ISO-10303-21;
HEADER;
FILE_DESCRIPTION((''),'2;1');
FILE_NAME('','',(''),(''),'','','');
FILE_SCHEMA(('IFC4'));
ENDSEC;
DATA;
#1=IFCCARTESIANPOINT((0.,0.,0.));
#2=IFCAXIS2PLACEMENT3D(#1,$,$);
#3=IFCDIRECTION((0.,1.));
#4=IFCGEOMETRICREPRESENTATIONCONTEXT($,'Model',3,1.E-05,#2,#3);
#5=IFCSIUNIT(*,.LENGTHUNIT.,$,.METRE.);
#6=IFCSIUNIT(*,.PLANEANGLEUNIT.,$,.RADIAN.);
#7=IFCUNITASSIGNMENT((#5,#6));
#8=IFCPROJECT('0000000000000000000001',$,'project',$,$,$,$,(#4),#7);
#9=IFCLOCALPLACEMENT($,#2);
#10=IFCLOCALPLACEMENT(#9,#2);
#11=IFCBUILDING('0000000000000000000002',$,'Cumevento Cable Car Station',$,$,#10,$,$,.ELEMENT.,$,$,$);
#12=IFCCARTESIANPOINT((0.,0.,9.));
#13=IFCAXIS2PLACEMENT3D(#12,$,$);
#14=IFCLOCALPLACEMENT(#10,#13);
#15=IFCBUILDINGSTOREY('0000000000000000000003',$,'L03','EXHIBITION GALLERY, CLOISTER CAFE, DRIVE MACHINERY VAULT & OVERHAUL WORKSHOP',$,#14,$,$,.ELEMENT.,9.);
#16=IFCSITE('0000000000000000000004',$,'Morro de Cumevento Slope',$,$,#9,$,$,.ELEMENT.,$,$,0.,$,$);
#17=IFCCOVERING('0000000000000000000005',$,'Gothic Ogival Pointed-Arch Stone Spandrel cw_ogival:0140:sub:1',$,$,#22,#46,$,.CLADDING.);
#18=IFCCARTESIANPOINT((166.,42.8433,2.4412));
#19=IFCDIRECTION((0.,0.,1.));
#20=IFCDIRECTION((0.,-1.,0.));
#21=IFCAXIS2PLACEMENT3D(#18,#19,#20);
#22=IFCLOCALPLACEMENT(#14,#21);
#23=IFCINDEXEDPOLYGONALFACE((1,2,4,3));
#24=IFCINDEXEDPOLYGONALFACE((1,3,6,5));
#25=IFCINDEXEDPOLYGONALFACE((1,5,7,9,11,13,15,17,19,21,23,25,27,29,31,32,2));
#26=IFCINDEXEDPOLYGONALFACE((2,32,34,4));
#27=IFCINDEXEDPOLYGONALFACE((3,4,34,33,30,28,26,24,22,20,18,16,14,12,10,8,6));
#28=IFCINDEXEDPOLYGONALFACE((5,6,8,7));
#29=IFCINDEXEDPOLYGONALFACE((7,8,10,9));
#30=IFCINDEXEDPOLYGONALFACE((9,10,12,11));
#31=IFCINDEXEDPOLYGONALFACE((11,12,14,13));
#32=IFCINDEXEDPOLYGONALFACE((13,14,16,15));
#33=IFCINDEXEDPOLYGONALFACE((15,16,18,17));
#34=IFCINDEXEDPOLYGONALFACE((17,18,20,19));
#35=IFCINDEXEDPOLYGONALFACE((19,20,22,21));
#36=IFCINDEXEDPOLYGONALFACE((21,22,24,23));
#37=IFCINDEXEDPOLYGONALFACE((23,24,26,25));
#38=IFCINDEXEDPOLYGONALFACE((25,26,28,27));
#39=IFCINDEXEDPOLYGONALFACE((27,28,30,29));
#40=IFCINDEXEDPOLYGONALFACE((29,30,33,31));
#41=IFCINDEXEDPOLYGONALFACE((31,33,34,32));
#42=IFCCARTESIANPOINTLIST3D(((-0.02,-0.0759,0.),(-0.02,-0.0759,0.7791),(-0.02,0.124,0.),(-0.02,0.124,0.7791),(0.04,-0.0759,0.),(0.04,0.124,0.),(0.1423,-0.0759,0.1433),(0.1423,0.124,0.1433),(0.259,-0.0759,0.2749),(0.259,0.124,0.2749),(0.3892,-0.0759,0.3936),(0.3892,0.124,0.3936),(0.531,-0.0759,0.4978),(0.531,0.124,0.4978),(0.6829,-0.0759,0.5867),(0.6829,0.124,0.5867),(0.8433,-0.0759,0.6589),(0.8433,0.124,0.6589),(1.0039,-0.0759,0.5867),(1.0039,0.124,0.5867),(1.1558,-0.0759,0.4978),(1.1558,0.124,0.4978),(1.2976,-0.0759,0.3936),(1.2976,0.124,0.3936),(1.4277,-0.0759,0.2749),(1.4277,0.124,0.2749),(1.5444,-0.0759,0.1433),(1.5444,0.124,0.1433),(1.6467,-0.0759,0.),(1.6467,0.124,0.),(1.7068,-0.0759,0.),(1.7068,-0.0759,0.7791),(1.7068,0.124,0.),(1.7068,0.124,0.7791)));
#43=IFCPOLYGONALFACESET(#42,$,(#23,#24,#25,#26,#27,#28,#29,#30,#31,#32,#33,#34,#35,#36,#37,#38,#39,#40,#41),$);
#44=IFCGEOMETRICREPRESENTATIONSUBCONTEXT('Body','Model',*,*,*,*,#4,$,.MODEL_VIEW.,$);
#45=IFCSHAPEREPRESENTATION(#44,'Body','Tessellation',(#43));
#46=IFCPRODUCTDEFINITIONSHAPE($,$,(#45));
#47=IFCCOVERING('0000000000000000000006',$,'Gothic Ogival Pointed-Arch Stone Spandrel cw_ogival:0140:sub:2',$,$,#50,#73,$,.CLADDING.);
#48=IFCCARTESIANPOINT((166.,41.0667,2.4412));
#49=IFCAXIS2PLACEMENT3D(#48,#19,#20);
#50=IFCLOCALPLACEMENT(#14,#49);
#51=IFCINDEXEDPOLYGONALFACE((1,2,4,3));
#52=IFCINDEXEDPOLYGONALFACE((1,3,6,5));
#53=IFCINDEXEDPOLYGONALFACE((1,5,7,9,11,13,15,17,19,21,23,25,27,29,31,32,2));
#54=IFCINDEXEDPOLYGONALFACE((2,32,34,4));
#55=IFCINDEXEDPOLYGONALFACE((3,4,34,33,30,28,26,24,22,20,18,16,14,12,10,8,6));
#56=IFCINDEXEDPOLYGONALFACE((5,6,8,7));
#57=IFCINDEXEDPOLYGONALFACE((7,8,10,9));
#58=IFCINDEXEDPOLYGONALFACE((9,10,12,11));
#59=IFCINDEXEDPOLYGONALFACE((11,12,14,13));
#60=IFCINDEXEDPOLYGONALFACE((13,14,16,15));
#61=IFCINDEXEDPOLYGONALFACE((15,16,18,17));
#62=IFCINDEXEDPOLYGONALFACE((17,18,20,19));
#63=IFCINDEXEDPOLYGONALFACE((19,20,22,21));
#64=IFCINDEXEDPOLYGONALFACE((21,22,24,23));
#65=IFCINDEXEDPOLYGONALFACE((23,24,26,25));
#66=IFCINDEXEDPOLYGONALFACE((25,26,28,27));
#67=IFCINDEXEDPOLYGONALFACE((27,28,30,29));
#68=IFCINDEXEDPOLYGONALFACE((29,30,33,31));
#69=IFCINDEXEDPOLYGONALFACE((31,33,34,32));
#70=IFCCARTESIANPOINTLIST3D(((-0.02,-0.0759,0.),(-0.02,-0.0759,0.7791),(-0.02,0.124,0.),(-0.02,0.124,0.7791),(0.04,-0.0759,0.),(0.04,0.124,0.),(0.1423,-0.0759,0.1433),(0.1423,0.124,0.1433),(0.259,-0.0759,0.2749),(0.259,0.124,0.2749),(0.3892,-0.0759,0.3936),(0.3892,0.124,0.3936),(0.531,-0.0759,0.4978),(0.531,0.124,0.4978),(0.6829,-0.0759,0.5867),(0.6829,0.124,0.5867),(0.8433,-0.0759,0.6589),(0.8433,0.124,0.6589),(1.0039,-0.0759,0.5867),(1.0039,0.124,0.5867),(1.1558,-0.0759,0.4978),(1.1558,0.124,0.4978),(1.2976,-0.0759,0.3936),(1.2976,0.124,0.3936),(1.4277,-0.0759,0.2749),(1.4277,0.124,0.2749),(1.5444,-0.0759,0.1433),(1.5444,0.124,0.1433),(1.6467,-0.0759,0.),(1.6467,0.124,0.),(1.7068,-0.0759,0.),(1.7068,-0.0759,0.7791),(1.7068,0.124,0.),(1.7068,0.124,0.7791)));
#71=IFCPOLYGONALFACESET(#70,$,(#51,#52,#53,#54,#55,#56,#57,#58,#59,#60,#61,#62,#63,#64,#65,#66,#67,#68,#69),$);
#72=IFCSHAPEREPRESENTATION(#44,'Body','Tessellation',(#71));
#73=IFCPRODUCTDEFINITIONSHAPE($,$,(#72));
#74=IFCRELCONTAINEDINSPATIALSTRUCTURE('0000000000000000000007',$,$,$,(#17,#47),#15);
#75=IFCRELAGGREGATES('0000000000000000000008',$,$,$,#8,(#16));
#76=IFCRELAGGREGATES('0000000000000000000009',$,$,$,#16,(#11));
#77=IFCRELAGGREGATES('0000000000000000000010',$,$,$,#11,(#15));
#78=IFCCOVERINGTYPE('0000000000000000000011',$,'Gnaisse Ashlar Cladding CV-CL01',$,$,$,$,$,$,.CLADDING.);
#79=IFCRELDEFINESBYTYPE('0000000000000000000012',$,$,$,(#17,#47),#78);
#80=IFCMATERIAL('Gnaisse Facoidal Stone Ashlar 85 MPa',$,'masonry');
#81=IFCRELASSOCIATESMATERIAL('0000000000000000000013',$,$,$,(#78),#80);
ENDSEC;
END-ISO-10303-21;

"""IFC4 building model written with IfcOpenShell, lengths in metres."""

from ifc_helpers import new_model, si_unit, direction, frame, origin, place, context, subcontext, project, spatial, polyline, outline, extrude, material, type_object, element, save


model = new_model("IFC4")

# Units and contexts
model_context = context("Model", 3, precision=1e-05, world=origin(), true_north=direction((0.0, 1.0)))
body_context = subcontext(model_context, "Body", "Model", "MODEL_VIEW")
ifc_project = project(units=[si_unit("LENGTHUNIT", "METRE"), si_unit("PLANEANGLEUNIT", "RADIAN")], contexts=[model_context])

# Site, building, storey
site_placement = place(None, origin())
site = spatial("IfcSite", under=ifc_project, at=site_placement, Name="Morro de Cumevento Slope", CompositionType="ELEMENT", RefElevation=0.0)
building_placement = place(site_placement, origin())
building = spatial("IfcBuilding", under=site, at=building_placement, Name="Cumevento Cable Car Station", CompositionType="ELEMENT")
storey_placement = place(building_placement, frame((0.0, 0.0, 9.0)))
storey = spatial("IfcBuildingStorey", under=building, at=storey_placement, Name="L03", Description="EXHIBITION GALLERY, CLOISTER CAFE, DRIVE MACHINERY VAULT & OVERHAUL WORKSHOP", CompositionType="ELEMENT", Elevation=9.0)

# Coverings
ifc_material_1 = material(Name="Gnaisse Facoidal Stone Ashlar 85 MPa", Category="masonry")
covering_type = type_object("IfcCoveringType", Name="Gnaisse Ashlar Cladding CV-CL01", PredefinedType="CLADDING", material=ifc_material_1)
for number, where, z_axis, x_axis, name in (
    (1, (166.0, 42.8433, 2.4412), (0.0, 0.0, 1.0), (0.0, -1.0, 0.0), "Gothic Ogival Pointed-Arch Stone Spandrel cw_ogival:0140:sub:1"),
    (2, (166.0, 41.0667, 2.4412), (0.0, 0.0, 1.0), (0.0, -1.0, 0.0), "Gothic Ogival Pointed-Arch Stone Spandrel cw_ogival:0140:sub:2"),
):
    element("IfcCovering", number, at=place(storey_placement, frame(where, z_axis=z_axis, x_axis=x_axis)), inside=storey, type_object=covering_type, Name=name, PredefinedType="CLADDING", context=body_context, shape_type="SweptSolid", body=[
        extrude(outline(polyline([(-0.02, 0.0), (-0.02, 0.7791), (1.7068, 0.7791), (1.7068, 0.0), (1.6467, 0.0), (1.5444, 0.1433), (1.4277, 0.2749), (1.2976, 0.3936), (1.1558, 0.4978), (1.0039, 0.5867), (0.8433, 0.6589), (0.6829, 0.5867), (0.531, 0.4978), (0.3892, 0.3936), (0.259, 0.2749), (0.1423, 0.1433), (0.04, 0.0), (-0.02, 0.0)])), frame((0.0, 0.124, 0.0), z_axis=(0.0, -1.0, 0.0), x_axis=(1.0, 0.0, 0.0)), (0.0, 0.0, 1.0), 0.2),
    ])

save(model, "model.ifc")
